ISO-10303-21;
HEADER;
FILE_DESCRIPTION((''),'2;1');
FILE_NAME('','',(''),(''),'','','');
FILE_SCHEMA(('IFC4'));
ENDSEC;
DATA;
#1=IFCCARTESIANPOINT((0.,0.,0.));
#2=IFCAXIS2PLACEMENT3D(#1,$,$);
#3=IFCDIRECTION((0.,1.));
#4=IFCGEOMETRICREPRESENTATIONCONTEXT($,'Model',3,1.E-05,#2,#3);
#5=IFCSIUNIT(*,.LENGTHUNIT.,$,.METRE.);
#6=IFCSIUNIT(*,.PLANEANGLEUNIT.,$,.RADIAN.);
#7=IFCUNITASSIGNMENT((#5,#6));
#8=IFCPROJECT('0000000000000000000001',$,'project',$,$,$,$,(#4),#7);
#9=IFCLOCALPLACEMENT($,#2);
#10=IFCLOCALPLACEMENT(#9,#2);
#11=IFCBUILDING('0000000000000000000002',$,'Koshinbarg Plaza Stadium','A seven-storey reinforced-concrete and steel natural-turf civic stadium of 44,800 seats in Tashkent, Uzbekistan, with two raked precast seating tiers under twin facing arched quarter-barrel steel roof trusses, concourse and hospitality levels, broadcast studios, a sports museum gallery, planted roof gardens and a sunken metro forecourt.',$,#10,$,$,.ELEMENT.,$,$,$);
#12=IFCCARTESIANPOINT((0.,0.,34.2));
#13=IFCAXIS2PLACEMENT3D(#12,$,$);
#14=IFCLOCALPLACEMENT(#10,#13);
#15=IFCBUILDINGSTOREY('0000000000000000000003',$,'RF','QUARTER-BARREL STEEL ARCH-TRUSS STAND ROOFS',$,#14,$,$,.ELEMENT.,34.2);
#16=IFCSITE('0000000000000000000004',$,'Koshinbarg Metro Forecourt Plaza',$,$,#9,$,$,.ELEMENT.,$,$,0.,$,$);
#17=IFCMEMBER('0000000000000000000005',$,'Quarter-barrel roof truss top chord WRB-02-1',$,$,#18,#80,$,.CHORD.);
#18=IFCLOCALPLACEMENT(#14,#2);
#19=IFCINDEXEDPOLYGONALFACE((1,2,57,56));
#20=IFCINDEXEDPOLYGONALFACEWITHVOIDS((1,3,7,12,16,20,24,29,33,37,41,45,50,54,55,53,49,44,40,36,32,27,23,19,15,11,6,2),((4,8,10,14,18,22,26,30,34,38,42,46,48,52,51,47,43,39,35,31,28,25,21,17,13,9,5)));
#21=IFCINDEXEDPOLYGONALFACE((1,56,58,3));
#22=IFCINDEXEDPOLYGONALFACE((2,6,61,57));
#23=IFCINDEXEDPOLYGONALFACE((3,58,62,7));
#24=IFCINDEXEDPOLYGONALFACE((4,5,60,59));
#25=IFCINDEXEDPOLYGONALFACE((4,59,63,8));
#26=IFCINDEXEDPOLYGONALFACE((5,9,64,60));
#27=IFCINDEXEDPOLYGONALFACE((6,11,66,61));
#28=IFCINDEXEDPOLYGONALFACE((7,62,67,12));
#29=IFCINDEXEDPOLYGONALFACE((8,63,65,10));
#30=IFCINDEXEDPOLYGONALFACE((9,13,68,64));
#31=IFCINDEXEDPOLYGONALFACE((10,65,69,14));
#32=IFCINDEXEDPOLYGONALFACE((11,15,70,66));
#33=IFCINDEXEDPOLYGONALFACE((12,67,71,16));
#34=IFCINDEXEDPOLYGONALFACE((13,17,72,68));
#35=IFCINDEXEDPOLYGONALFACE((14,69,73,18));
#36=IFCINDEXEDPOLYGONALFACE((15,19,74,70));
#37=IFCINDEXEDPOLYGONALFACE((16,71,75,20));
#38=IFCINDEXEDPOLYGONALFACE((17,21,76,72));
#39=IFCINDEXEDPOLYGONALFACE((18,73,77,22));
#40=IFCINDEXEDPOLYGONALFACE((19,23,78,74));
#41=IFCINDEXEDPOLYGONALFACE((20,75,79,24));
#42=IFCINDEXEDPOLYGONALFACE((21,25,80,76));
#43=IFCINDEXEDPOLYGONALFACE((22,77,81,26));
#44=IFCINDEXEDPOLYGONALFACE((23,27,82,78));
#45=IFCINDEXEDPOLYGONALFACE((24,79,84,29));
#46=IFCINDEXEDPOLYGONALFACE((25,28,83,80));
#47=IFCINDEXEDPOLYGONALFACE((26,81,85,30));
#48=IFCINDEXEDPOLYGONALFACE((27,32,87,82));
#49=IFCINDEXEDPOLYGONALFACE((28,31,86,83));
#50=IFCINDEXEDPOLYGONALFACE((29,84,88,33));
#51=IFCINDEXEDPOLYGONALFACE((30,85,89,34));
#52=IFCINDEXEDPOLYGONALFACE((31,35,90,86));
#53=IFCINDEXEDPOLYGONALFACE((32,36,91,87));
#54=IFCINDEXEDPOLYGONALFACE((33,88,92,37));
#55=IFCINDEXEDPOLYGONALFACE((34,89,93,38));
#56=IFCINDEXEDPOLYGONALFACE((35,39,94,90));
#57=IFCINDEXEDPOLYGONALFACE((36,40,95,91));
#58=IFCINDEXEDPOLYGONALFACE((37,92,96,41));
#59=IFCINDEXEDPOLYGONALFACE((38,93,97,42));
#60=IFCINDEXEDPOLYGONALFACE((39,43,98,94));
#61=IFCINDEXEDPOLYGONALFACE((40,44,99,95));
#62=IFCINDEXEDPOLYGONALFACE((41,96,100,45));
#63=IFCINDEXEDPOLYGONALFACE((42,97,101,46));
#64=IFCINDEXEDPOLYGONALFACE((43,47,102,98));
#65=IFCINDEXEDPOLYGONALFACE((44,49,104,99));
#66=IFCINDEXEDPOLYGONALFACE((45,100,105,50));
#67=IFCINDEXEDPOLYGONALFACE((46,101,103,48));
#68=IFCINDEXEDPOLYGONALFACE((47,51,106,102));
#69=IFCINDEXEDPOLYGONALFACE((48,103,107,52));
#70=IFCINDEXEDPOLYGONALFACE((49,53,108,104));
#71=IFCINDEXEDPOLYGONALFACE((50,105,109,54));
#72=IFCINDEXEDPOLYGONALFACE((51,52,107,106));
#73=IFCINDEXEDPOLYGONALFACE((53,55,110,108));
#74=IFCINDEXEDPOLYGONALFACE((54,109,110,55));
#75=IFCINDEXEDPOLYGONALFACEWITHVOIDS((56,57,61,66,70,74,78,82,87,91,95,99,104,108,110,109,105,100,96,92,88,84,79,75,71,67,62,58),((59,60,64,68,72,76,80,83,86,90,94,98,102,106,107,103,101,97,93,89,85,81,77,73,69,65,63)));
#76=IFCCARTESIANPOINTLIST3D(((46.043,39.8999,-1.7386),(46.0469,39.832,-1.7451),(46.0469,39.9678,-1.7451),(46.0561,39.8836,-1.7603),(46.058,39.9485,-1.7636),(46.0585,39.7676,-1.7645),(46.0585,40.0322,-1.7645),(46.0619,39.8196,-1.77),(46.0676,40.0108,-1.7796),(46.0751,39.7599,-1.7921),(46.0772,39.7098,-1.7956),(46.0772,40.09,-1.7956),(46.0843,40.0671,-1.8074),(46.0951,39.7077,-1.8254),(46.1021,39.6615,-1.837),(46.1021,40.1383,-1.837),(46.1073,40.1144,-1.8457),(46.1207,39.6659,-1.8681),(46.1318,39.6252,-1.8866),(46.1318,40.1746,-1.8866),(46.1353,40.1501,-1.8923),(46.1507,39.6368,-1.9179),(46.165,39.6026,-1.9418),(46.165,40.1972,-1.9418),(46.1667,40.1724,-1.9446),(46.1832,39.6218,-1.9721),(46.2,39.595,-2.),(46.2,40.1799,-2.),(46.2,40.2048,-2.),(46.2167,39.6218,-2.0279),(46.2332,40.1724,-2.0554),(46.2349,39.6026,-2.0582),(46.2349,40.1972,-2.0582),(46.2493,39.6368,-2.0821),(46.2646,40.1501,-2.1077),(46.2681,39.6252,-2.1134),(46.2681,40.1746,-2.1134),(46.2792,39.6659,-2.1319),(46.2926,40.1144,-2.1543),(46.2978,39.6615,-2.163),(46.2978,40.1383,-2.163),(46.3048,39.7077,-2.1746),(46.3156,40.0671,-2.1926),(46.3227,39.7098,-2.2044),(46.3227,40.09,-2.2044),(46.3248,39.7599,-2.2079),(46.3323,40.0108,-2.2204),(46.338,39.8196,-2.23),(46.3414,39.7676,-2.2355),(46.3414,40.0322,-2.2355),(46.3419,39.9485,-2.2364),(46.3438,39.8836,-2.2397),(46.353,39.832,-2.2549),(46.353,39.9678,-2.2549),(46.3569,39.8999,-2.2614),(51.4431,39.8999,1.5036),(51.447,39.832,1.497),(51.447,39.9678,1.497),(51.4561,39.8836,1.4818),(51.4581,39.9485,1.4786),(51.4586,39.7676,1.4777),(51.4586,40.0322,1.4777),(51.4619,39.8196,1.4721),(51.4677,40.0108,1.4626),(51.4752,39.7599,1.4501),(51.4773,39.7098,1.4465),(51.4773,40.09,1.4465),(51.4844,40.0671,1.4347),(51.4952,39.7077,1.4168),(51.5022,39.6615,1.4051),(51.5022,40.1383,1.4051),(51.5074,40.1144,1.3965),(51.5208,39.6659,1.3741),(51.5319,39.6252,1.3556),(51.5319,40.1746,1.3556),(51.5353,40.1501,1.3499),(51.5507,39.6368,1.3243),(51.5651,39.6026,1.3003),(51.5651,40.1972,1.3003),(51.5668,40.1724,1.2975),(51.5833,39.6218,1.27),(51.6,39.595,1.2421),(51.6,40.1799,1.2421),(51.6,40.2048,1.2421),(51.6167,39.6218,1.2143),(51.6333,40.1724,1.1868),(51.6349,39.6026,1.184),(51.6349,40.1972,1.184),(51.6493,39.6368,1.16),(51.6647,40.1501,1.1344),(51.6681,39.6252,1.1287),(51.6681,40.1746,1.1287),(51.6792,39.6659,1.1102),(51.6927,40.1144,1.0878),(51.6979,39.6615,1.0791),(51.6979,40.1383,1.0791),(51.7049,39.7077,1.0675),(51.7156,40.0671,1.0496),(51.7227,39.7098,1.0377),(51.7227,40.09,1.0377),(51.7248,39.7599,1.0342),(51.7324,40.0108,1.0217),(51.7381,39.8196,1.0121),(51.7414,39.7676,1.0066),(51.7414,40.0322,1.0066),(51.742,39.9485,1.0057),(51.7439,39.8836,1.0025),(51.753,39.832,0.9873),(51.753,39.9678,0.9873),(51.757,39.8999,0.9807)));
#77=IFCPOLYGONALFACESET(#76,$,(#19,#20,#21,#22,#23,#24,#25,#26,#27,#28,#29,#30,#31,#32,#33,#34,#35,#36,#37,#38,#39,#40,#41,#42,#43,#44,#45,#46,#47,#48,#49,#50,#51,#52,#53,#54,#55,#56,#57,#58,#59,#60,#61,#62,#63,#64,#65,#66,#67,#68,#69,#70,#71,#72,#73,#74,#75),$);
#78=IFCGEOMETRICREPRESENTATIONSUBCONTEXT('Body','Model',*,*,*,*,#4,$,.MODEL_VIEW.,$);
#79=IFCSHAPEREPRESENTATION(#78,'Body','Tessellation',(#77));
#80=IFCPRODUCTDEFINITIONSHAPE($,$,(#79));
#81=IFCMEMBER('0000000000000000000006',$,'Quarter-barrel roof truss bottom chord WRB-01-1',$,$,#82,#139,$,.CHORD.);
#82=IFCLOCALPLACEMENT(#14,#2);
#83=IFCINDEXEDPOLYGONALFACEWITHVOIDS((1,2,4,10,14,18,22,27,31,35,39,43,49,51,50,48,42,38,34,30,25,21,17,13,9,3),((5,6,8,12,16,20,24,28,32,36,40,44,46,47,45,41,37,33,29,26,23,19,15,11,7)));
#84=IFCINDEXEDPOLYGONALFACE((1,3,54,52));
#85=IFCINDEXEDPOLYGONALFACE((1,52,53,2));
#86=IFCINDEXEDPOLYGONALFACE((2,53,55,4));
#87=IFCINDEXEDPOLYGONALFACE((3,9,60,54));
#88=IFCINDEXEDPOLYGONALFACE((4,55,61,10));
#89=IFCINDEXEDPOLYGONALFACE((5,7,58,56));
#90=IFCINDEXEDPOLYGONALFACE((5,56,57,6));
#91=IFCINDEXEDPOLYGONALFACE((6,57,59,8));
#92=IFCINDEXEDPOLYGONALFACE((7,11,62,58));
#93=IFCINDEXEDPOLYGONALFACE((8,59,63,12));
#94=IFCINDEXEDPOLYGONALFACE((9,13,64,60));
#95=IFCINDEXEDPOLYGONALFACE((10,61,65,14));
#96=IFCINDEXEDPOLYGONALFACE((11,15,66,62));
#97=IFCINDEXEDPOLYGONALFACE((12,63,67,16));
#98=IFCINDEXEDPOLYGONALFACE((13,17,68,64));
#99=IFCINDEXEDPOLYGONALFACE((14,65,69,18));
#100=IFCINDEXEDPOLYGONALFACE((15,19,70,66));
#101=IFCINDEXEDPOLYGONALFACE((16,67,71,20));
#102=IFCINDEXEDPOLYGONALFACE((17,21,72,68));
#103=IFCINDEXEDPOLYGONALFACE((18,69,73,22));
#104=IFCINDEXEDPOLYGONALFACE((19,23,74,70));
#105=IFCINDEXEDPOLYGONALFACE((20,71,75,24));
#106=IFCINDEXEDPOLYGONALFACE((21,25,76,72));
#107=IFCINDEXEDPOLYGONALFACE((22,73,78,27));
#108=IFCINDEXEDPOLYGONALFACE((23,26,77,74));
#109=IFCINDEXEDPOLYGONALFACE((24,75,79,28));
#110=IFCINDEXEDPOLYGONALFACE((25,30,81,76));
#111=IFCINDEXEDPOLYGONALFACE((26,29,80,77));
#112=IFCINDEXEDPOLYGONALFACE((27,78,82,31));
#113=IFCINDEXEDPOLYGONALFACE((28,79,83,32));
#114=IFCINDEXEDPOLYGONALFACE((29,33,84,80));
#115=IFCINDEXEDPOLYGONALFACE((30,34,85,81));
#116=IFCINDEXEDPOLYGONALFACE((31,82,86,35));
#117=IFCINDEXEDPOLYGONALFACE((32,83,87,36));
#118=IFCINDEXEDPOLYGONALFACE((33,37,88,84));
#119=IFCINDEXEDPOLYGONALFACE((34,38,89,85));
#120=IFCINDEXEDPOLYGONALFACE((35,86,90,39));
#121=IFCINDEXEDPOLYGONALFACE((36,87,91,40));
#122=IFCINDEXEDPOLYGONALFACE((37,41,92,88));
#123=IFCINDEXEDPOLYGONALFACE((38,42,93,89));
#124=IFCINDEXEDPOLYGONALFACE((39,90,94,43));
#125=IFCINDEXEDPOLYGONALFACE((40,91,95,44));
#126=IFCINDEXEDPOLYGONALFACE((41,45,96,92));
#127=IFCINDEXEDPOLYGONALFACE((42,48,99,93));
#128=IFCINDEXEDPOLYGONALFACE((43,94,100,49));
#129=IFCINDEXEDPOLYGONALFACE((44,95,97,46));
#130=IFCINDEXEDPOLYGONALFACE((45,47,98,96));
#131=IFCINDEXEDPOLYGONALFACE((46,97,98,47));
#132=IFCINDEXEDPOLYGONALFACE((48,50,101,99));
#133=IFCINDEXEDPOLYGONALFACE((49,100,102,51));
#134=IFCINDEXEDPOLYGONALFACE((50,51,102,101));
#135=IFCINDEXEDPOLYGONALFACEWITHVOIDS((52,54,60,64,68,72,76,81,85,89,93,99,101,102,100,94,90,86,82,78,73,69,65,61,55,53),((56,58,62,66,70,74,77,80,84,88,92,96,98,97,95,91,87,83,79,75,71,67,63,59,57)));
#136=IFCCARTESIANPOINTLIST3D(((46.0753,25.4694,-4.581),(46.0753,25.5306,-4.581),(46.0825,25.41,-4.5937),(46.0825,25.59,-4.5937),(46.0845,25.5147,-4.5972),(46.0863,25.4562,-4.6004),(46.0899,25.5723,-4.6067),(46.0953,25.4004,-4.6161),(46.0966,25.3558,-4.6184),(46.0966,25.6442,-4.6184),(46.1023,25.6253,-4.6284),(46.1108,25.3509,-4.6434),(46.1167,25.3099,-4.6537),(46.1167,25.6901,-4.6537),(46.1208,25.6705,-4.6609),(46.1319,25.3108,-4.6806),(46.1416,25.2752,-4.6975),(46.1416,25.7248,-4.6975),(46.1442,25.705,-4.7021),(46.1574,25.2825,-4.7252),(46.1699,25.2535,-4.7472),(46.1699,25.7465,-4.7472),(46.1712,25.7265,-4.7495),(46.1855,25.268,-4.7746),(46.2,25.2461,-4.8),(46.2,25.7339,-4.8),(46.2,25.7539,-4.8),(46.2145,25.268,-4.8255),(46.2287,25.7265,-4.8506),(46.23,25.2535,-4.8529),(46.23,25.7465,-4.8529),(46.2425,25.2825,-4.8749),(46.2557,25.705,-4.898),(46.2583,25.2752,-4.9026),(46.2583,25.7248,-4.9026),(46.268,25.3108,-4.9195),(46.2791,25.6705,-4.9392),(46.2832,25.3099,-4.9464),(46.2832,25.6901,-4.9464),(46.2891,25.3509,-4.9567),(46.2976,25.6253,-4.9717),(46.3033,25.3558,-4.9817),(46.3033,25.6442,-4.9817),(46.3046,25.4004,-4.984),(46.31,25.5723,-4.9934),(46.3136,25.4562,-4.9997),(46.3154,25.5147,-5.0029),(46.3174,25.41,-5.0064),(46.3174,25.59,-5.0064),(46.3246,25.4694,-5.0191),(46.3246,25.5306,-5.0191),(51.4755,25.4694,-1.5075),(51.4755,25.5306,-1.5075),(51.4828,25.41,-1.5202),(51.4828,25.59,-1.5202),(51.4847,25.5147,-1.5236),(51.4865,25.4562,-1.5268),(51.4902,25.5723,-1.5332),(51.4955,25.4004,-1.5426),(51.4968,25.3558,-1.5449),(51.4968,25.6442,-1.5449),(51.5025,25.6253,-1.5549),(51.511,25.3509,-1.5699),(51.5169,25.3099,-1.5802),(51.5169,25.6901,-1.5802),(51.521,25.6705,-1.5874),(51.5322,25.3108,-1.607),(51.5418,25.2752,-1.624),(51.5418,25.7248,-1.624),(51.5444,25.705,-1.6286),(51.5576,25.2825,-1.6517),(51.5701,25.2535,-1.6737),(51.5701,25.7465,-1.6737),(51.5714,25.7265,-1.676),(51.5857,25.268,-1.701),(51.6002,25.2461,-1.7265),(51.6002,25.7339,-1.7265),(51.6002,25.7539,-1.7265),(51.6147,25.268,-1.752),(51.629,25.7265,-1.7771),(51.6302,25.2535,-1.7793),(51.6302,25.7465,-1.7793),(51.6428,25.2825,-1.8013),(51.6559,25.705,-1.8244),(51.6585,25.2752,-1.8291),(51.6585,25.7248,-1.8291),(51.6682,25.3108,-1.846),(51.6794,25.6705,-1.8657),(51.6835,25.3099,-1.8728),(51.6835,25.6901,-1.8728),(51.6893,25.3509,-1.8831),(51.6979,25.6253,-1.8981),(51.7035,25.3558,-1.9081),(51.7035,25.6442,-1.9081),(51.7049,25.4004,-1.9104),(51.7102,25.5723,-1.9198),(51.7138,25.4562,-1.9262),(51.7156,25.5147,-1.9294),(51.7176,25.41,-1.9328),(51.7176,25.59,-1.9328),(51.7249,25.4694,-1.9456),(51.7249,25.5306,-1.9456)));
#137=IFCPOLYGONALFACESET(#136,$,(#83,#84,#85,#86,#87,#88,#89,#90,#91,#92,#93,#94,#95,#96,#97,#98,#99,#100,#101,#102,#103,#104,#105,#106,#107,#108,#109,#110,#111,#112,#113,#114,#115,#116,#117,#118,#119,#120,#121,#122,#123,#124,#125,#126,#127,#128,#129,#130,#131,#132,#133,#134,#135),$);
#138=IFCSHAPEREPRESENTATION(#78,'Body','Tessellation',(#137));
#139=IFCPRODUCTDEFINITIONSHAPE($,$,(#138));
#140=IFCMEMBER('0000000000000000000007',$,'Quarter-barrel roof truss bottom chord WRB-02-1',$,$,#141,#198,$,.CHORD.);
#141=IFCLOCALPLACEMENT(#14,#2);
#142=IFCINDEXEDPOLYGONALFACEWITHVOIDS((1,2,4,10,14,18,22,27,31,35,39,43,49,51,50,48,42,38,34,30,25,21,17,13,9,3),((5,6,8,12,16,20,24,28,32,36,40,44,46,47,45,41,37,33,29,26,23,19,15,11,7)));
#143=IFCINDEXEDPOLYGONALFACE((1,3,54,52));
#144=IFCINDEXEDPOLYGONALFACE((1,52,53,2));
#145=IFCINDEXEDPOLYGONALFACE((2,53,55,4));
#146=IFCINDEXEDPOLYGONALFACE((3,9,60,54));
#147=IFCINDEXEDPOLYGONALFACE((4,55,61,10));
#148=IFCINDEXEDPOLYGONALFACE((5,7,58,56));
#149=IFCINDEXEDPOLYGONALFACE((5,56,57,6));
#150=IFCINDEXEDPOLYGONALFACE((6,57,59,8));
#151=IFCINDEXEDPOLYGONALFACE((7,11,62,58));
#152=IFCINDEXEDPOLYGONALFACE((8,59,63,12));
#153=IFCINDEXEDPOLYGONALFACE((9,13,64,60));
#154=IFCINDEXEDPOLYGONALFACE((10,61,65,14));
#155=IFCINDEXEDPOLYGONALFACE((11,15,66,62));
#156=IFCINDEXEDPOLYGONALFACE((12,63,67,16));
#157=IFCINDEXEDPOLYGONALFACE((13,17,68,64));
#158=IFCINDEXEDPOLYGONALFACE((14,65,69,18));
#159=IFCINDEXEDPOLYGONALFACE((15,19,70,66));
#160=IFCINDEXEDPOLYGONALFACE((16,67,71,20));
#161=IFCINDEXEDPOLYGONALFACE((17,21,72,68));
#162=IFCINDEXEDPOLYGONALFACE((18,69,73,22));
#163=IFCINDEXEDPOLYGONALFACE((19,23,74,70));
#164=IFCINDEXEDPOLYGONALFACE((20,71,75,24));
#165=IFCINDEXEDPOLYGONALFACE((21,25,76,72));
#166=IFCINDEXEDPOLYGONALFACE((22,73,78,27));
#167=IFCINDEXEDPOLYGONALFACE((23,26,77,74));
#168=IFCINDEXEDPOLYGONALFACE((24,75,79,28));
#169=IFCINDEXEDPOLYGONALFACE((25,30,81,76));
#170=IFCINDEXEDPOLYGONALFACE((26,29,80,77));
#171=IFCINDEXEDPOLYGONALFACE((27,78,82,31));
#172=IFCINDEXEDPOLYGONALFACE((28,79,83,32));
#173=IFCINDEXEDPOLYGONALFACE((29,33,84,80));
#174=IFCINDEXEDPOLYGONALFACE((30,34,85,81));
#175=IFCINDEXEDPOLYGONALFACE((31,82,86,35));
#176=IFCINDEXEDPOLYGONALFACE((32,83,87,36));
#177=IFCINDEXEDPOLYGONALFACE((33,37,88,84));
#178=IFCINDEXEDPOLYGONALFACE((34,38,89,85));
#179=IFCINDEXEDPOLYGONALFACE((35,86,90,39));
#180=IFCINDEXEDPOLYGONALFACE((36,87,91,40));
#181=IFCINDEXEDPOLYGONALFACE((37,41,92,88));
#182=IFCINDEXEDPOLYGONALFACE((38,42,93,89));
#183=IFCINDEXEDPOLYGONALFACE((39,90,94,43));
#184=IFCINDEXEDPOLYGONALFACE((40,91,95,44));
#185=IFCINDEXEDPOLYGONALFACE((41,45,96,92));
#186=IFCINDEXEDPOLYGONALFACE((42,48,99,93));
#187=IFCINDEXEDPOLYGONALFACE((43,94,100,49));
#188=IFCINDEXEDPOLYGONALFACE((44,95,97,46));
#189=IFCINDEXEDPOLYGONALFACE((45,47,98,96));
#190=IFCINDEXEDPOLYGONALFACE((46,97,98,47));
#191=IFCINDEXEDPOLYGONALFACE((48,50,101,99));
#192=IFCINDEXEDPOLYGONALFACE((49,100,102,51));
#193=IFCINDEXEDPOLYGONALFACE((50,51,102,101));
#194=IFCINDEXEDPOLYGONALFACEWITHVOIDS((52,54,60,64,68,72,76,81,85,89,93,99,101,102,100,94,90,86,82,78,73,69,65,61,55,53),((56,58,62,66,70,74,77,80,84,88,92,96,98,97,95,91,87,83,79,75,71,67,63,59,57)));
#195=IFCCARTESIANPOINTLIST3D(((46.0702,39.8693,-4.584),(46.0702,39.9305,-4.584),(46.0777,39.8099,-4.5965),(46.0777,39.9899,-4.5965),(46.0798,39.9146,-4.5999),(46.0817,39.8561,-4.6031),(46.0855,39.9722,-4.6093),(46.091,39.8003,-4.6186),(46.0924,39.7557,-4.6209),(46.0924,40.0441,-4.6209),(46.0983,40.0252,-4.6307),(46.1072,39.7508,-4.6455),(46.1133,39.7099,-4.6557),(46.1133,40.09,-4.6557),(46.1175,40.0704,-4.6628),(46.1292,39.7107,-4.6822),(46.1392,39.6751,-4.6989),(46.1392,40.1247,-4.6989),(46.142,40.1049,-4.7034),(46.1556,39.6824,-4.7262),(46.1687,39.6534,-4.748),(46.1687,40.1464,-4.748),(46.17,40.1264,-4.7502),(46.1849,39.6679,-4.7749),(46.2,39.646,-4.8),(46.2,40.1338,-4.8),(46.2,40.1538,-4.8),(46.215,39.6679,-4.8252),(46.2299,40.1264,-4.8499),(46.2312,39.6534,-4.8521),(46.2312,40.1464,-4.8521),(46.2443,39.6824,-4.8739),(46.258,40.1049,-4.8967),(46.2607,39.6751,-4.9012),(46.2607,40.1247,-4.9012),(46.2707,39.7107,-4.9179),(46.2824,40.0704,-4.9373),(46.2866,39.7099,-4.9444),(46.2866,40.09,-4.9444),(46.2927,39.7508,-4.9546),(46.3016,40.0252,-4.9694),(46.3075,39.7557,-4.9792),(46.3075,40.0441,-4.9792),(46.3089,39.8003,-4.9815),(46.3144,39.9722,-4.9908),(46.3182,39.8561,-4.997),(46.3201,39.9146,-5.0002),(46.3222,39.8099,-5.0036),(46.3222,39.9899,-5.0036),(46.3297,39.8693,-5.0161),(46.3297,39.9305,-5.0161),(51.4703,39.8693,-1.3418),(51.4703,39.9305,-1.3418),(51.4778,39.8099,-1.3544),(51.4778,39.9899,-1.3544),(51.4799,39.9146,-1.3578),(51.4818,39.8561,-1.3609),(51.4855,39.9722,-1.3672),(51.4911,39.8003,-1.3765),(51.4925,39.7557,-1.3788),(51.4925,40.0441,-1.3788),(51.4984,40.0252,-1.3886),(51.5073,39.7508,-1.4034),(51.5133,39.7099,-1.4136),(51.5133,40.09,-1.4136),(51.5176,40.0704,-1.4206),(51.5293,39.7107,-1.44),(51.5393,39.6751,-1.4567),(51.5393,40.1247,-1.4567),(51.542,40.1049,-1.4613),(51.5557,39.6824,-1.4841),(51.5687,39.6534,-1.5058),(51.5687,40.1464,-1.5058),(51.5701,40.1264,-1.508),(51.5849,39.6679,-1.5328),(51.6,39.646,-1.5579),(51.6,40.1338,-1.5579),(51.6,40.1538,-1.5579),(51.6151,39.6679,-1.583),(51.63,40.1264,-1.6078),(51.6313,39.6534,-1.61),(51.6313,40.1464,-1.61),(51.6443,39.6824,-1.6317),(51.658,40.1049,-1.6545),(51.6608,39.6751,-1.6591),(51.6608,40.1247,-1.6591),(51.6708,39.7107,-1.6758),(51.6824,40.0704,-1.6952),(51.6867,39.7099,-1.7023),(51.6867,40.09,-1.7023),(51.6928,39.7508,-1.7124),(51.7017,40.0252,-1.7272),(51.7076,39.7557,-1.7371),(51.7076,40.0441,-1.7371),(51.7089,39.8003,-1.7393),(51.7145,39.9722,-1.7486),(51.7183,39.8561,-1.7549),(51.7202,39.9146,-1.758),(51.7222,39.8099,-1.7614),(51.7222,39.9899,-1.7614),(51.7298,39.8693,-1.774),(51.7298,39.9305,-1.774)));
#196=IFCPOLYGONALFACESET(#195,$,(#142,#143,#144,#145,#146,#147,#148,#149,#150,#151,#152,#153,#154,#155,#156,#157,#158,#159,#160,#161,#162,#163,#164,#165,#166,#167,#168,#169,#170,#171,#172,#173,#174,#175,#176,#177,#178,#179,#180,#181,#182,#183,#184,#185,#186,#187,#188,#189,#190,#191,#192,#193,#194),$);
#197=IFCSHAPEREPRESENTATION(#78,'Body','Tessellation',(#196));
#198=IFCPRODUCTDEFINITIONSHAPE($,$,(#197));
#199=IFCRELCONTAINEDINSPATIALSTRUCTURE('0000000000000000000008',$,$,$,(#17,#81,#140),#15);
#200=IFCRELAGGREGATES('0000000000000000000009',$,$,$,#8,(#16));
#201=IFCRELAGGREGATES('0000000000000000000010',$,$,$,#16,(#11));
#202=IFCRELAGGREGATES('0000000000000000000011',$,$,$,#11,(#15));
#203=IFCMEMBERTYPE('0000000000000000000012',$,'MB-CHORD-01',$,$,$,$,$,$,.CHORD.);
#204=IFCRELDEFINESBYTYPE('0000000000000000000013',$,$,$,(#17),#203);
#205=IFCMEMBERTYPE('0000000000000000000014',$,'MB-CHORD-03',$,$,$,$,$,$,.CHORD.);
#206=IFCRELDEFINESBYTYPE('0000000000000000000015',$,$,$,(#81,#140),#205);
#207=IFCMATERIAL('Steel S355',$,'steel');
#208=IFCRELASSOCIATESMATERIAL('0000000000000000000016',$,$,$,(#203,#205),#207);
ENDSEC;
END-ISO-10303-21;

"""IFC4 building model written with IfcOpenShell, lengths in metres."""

from ifc_helpers import new_model, si_unit, direction, frame, origin, origin_2d, place, context, subcontext, project, spatial, hollow_circle, extrude, material, material_profile, profile_set, type_object, element, save


model = new_model("IFC4")

# Units and contexts
model_context = context("Model", 3, precision=1e-05, world=origin(), true_north=direction((0.0, 1.0)))
body_context = subcontext(model_context, "Body", "Model", "MODEL_VIEW")
ifc_project = project(units=[si_unit("LENGTHUNIT", "METRE"), si_unit("PLANEANGLEUNIT", "RADIAN")], contexts=[model_context])

# Site, building, storey
site_placement = place(None, origin())
site = spatial("IfcSite", under=ifc_project, at=site_placement, Name="Koshinbarg Metro Forecourt Plaza", CompositionType="ELEMENT", RefElevation=0.0)
building_placement = place(site_placement, origin())
building = spatial("IfcBuilding", under=site, at=building_placement, Name="Koshinbarg Plaza Stadium", Description="A seven-storey reinforced-concrete and steel natural-turf civic stadium of 44,800 seats in Tashkent, Uzbekistan, with two raked precast seating tiers under twin facing arched quarter-barrel steel roof trusses, concourse and hospitality levels, broadcast studios, a sports museum gallery, planted roof gardens and a sunken metro forecourt.", CompositionType="ELEMENT")
storey_placement = place(building_placement, frame((0.0, 0.0, 34.2)))
storey = spatial("IfcBuildingStorey", under=building, at=storey_placement, Name="RF", Description="QUARTER-BARREL STEEL ARCH-TRUSS STAND ROOFS", CompositionType="ELEMENT", Elevation=34.2)

# Shared definitions
ifc_material_1 = material(Name="Steel S355", Category="steel")

# Members
ifc_material_profile_1 = material_profile(ifc_material_1, hollow_circle(Radius=0.3049, WallThickness=0.0249, at=origin_2d()), Name="CHS 610x25")
ifc_profile_set_1 = profile_set([ifc_material_profile_1], Name="Steel S355")
member_type_1 = type_object("IfcMemberType", Name="MB-CHORD-01", PredefinedType="CHORD", material=ifc_profile_set_1)
member_1_placement = place(storey_placement, frame((46.2, 39.8999, -2.0), z_axis=(0.857346, 0.0, 0.514741), x_axis=(0.0, 1.0, 0.0)))
element("IfcMember", 1, at=member_1_placement, inside=storey, type_object=member_type_1, Name="Quarter-barrel roof truss top chord WRB-02-1", PredefinedType="CHORD", context=body_context, shape_type="SweptSolid", body=[
    extrude(hollow_circle(Radius=0.3049, WallThickness=0.0249, at=origin_2d()), origin(), (0.0, 0.0, 1.0), 6.2986),
])
ifc_material_profile_2 = material_profile(ifc_material_1, hollow_circle(Radius=0.2539, WallThickness=0.02, at=origin_2d()), Name="CHS 508x20")
ifc_profile_set_2 = profile_set([ifc_material_profile_2], Name="Steel S355")
member_type_2 = type_object("IfcMemberType", Name="MB-CHORD-03", PredefinedType="CHORD", material=ifc_profile_set_2)
member_2_placement = place(storey_placement, frame((46.2, 25.5, -4.8), z_axis=(0.869095, 0.0, 0.494645), x_axis=(0.0, 1.0, 0.0)))
element("IfcMember", 2, at=member_2_placement, inside=storey, type_object=member_type_2, Name="Quarter-barrel roof truss bottom chord WRB-01-1", PredefinedType="CHORD", context=body_context, shape_type="SweptSolid", body=[
    extrude(hollow_circle(Radius=0.2539, WallThickness=0.02, at=origin_2d()), origin(), (0.0, 0.0, 1.0), 6.2136),
])
member_3_placement = place(storey_placement, frame((46.2, 39.8999, -4.8), z_axis=(0.857346, 0.0, 0.514741), x_axis=(0.0, 1.0, 0.0)))
element("IfcMember", 3, at=member_3_placement, inside=storey, type_object=member_type_2, Name="Quarter-barrel roof truss bottom chord WRB-02-1", PredefinedType="CHORD", context=body_context, shape_type="SweptSolid", body=[
    extrude(hollow_circle(Radius=0.2539, WallThickness=0.02, at=origin_2d()), origin(), (0.0, 0.0, 1.0), 6.2986),
])

save(model, "model.ifc")
